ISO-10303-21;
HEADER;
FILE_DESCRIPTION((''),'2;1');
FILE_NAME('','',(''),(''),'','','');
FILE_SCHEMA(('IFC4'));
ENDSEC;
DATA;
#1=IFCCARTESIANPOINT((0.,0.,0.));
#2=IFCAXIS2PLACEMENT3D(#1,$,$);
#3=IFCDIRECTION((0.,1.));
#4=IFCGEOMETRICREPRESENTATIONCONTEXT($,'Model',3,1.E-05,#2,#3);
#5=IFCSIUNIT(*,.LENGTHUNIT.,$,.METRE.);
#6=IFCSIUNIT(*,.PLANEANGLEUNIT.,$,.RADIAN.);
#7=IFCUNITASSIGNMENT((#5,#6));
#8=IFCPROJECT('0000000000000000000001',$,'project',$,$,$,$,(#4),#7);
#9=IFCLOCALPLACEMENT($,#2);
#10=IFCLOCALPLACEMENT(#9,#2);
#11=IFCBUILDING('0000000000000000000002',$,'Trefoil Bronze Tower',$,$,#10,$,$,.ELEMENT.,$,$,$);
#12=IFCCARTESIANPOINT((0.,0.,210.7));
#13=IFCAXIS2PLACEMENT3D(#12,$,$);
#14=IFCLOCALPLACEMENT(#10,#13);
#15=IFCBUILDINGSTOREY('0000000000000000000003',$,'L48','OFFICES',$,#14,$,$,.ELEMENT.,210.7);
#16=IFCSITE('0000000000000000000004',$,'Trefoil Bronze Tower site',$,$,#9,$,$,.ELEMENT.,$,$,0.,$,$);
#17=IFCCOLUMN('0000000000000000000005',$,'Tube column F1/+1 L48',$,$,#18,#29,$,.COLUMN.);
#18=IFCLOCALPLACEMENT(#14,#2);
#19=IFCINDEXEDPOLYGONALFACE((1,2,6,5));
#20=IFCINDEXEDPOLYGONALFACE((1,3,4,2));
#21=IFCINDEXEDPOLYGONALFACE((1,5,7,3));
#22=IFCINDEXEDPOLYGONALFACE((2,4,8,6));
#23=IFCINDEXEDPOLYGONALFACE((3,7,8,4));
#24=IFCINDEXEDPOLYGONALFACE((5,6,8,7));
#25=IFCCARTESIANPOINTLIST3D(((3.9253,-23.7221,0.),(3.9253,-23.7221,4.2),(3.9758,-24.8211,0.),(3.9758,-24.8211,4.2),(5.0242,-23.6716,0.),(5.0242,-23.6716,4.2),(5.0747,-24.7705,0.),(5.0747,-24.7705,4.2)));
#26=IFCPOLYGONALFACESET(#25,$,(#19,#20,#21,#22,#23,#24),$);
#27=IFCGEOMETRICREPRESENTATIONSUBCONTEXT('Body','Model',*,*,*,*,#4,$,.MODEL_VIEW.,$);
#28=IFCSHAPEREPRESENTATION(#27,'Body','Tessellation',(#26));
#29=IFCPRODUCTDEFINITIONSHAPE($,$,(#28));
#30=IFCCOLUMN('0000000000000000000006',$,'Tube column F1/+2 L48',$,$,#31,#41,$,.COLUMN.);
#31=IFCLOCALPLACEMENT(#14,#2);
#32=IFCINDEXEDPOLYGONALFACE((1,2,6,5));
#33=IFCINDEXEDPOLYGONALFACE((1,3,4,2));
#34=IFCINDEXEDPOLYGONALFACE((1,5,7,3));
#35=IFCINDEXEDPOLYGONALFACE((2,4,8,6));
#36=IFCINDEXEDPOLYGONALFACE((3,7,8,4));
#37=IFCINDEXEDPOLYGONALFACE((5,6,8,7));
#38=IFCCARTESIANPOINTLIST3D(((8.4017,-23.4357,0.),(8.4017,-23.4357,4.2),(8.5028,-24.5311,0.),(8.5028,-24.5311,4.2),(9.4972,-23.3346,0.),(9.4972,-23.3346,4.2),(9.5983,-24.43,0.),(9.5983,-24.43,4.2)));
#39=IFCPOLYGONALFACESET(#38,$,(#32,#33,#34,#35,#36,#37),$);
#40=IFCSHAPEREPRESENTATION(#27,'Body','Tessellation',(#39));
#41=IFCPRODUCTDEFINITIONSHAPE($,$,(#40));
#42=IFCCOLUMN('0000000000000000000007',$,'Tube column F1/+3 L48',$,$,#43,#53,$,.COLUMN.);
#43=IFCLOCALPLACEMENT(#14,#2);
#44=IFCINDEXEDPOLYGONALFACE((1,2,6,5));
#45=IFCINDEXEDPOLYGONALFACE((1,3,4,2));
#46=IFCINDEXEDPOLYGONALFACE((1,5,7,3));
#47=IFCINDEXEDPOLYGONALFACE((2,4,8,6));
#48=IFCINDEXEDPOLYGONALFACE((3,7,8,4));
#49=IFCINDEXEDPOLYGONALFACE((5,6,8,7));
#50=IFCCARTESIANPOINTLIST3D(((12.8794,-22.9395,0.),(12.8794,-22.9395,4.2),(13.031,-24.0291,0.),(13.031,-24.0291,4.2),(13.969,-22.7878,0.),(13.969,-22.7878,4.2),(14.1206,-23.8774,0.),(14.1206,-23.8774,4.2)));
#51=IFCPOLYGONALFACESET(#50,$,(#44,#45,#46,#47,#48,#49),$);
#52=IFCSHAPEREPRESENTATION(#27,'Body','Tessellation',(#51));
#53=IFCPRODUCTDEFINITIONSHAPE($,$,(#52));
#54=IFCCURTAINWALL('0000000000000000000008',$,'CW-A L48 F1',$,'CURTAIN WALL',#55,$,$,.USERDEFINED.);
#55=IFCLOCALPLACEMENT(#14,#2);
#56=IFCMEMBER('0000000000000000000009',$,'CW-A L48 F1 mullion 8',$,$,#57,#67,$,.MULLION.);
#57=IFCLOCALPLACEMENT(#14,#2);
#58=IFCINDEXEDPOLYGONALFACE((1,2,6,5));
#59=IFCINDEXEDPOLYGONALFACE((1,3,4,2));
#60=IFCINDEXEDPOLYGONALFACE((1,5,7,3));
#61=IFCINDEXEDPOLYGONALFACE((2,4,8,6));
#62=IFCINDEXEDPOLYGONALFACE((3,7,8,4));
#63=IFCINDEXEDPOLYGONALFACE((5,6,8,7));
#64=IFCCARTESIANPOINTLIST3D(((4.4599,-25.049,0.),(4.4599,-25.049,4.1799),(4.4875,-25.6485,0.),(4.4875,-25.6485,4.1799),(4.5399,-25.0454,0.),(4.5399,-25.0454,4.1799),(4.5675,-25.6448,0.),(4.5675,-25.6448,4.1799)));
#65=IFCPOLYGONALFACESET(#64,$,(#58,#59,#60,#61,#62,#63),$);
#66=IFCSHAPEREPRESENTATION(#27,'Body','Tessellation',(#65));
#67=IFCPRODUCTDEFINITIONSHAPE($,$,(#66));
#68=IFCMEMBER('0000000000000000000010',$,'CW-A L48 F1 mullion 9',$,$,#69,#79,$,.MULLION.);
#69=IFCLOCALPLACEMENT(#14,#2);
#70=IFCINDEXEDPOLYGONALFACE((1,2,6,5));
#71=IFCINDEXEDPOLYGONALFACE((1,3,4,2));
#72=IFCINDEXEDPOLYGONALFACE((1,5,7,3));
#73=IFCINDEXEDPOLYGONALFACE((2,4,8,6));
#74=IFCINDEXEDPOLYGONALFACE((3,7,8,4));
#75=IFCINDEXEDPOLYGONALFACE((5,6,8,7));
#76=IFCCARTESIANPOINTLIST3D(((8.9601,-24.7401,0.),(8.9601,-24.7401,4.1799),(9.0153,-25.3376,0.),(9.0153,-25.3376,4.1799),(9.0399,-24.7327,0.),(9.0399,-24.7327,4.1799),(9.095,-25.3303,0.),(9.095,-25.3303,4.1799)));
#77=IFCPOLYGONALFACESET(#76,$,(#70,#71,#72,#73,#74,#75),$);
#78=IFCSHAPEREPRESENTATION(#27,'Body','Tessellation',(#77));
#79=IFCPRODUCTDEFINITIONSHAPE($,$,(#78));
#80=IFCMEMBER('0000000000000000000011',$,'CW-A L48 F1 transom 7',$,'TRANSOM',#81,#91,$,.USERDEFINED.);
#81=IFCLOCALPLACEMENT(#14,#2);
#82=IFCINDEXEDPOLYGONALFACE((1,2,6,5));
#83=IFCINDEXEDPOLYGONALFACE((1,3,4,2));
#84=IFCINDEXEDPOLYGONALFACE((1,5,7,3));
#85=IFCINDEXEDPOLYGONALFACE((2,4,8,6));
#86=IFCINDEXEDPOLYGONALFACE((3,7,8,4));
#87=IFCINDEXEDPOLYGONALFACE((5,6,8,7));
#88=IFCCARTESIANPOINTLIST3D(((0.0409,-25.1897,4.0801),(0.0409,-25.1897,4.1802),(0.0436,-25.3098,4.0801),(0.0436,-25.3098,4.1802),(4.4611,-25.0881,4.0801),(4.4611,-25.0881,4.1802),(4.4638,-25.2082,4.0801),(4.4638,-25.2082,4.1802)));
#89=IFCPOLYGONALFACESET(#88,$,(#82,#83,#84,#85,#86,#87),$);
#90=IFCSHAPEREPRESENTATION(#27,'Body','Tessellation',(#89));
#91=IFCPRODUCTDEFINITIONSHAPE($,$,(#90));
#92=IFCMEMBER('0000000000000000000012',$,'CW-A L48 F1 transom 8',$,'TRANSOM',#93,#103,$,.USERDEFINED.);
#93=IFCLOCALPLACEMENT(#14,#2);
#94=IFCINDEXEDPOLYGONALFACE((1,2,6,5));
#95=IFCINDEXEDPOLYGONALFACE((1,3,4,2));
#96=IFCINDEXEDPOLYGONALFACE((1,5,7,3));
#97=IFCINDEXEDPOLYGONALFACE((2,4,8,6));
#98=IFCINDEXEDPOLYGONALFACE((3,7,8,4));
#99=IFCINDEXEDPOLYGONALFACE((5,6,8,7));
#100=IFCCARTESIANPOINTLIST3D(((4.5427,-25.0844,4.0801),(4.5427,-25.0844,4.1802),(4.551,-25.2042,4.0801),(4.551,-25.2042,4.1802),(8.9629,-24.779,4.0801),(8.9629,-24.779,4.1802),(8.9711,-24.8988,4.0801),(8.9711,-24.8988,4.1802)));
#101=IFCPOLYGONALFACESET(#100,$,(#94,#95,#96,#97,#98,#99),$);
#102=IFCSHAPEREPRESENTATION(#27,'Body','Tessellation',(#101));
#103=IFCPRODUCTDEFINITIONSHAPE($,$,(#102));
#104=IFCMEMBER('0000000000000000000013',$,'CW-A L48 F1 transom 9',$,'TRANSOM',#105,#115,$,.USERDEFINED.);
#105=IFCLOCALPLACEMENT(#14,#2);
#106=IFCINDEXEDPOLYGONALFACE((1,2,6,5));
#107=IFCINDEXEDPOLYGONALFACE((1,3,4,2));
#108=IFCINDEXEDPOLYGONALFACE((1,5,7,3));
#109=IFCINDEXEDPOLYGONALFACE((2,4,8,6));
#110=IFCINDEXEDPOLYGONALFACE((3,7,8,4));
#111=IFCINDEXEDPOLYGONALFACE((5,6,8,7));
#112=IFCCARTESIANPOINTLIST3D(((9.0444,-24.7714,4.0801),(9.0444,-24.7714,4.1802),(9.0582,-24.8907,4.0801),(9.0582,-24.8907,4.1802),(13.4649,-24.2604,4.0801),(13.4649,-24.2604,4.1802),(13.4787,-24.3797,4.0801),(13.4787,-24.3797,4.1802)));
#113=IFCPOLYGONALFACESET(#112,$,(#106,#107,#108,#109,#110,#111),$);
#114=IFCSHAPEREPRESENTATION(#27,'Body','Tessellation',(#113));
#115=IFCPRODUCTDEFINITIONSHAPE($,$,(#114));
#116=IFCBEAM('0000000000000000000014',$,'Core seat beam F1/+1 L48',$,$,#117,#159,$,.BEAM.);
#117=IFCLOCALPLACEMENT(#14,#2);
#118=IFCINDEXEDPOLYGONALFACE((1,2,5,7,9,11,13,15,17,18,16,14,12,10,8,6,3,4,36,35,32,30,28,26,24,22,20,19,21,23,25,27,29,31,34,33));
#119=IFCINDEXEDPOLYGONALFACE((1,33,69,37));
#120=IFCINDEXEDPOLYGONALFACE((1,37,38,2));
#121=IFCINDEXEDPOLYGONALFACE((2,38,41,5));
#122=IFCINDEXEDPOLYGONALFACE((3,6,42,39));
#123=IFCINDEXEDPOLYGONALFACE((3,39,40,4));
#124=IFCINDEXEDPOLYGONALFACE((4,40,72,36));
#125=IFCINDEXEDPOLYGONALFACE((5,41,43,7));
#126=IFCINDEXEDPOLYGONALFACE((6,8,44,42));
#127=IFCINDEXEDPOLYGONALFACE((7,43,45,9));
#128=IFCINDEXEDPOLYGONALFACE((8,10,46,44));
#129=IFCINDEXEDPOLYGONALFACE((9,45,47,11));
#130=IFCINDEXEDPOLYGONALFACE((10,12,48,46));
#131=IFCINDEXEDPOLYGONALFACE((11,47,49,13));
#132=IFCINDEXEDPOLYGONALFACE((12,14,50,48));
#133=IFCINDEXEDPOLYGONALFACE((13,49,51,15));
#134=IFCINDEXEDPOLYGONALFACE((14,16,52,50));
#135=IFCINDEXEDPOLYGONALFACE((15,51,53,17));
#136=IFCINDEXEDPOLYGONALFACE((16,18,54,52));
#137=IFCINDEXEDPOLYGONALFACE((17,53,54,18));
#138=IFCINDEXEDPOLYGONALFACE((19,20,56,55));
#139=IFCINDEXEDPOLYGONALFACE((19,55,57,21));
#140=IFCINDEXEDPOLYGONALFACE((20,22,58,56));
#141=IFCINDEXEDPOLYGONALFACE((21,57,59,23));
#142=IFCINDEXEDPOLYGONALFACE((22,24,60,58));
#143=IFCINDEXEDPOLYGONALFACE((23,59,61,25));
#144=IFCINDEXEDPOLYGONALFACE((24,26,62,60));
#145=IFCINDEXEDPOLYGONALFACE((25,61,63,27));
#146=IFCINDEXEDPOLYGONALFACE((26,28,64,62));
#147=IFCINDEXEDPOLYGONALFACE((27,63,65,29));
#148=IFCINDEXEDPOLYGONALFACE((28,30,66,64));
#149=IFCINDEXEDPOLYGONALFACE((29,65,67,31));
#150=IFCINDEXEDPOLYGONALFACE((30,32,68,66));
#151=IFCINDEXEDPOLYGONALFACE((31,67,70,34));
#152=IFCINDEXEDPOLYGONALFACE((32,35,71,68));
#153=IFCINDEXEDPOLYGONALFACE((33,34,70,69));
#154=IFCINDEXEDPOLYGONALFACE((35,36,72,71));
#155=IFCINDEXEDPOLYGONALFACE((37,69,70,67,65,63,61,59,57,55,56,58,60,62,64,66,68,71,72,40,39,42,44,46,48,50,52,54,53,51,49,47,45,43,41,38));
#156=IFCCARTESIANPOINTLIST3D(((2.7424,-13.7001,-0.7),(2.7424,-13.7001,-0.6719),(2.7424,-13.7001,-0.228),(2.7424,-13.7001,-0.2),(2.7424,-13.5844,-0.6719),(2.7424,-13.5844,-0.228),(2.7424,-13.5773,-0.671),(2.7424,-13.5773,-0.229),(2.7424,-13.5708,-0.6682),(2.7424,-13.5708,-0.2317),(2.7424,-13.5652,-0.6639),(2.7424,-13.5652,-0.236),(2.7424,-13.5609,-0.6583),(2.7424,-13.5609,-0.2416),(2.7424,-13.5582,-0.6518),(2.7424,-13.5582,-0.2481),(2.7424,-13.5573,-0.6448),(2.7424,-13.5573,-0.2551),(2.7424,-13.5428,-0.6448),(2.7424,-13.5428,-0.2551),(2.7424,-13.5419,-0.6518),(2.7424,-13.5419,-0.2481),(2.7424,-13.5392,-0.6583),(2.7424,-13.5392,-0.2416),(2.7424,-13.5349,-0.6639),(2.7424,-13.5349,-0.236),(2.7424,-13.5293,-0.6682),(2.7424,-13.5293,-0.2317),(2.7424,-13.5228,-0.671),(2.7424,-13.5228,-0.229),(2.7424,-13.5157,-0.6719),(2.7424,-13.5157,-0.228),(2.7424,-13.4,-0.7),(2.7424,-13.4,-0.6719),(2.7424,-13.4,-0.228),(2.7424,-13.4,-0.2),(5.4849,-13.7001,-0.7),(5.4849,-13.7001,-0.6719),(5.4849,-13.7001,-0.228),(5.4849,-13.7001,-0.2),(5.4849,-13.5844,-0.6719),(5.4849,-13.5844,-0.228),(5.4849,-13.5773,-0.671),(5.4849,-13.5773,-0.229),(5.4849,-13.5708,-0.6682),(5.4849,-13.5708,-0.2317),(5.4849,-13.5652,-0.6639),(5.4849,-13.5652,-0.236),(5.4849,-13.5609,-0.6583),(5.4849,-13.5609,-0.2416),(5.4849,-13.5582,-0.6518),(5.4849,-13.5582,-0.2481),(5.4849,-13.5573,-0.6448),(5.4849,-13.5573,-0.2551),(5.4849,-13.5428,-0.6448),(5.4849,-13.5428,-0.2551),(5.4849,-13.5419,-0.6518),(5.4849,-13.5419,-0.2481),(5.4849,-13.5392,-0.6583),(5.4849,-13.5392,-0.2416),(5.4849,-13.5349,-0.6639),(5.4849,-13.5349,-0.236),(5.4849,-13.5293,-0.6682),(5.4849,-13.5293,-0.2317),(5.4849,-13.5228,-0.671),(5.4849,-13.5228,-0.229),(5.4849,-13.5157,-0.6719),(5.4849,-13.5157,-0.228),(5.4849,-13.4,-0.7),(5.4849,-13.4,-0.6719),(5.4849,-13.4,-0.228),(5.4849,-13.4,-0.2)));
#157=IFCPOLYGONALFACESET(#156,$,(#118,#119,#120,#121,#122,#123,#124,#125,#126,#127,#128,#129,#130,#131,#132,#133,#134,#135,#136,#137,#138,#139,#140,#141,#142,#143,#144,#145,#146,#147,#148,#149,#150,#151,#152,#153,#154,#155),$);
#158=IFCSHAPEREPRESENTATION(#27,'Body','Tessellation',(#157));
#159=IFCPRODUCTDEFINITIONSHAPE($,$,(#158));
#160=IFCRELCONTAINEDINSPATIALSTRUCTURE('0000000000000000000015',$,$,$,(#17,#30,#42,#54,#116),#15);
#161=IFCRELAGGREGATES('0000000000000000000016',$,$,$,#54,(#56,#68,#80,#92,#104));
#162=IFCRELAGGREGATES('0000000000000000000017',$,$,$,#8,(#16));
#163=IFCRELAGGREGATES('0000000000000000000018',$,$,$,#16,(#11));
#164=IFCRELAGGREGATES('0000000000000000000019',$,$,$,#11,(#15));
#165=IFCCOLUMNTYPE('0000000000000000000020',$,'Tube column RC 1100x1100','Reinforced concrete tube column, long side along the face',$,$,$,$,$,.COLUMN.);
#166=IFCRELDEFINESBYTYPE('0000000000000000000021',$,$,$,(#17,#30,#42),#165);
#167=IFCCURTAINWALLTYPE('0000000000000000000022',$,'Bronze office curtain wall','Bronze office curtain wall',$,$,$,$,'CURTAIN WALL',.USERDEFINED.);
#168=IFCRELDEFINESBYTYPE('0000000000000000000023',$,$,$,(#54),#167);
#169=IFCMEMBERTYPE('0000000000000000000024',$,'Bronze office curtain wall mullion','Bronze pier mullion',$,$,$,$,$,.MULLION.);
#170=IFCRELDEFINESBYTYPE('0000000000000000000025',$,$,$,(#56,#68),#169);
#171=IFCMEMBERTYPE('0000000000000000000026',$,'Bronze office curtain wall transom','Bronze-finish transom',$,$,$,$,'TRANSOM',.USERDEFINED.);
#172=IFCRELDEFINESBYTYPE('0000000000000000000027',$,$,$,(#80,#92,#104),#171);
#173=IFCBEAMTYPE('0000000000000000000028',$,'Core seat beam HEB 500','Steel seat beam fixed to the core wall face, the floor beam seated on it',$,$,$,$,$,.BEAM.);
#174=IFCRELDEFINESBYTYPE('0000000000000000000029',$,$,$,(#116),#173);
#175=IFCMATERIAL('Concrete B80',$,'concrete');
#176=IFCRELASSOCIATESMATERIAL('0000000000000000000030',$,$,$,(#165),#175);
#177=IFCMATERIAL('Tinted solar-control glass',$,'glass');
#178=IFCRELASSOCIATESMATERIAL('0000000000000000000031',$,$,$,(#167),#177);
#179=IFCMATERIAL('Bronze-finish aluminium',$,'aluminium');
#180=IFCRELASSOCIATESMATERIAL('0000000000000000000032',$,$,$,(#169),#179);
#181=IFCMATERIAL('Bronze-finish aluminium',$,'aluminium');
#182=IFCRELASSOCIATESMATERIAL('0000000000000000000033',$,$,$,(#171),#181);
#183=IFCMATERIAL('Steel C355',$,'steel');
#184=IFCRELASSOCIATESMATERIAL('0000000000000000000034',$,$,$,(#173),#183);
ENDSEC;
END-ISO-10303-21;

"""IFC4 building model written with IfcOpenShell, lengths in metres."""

from ifc_helpers import new_model, si_unit, direction, frame, origin, origin_2d, place, context, subcontext, project, spatial, rectangle, i_section, extrude, material, material_profile, profile_set, type_object, element, aggregate, save


model = new_model("IFC4")

# Units and contexts
model_context = context("Model", 3, precision=1e-05, world=origin(), true_north=direction((0.0, 1.0)))
body_context = subcontext(model_context, "Body", "Model", "MODEL_VIEW")
ifc_project = project(units=[si_unit("LENGTHUNIT", "METRE"), si_unit("PLANEANGLEUNIT", "RADIAN")], contexts=[model_context])

# Site, building, storey
site_placement = place(None, origin())
site = spatial("IfcSite", under=ifc_project, at=site_placement, Name="Trefoil Bronze Tower site", CompositionType="ELEMENT", RefElevation=0.0)
building_placement = place(site_placement, origin())
building = spatial("IfcBuilding", under=site, at=building_placement, Name="Trefoil Bronze Tower", CompositionType="ELEMENT")
storey_placement = place(building_placement, frame((0.0, 0.0, 210.7)))
storey = spatial("IfcBuildingStorey", under=building, at=storey_placement, Name="L48", Description="OFFICES", CompositionType="ELEMENT", Elevation=210.7)

# Columns
ifc_material_1 = material(Name="Concrete B80", Category="concrete")
ifc_material_profile_1 = material_profile(ifc_material_1, rectangle(XDim=1.1001, YDim=1.1001, at=origin_2d()), Name="RC 1100x1100")
ifc_profile_set_1 = profile_set([ifc_material_profile_1], Name="Concrete B80")
column_type = type_object("IfcColumnType", Name="Tube column RC 1100x1100", Description="Reinforced concrete tube column, long side along the face", PredefinedType="COLUMN", material=ifc_profile_set_1)
for number, where, z_axis, x_axis, name in (
    (1, (4.5, -24.2463, 0.0), (0.0, 0.0, 1.0), (0.998943, 0.045956, 0.0), "Tube column F1/+1 L48"),
    (2, (9.0, -23.9329, 0.0), (0.0, 0.0, 1.0), (0.995767, 0.091911, 0.0), "Tube column F1/+2 L48"),
    (3, (13.5, -23.4084, 0.0), (0.0, 0.0, 1.0), (0.990451, 0.137868, 0.0), "Tube column F1/+3 L48"),
):
    element("IfcColumn", number, at=place(storey_placement, frame(where, z_axis=z_axis, x_axis=x_axis)), inside=storey, type_object=column_type, Name=name, PredefinedType="COLUMN", context=body_context, shape_type="SweptSolid", body=[
        extrude(rectangle(XDim=1.1001, YDim=1.1001, at=origin_2d()), origin(), (0.0, 0.0, 1.0), 4.2),
    ])

# Curtain wall, members
ifc_material_2 = material(Name="Tinted solar-control glass", Category="glass")
curtain_wall_type = type_object("IfcCurtainWallType", Name="Bronze office curtain wall", Description="Bronze office curtain wall", ElementType="CURTAIN WALL", PredefinedType="USERDEFINED", material=ifc_material_2)
curtain_wall_placement = place(storey_placement, origin())
curtain_wall = element("IfcCurtainWall", 4, at=curtain_wall_placement, inside=storey, type_object=curtain_wall_type, Name="CW-A L48 F1", ObjectType="CURTAIN WALL", PredefinedType="USERDEFINED")
ifc_material_3 = material(Name="Bronze-finish aluminium", Category="aluminium")
ifc_material_profile_2 = material_profile(ifc_material_3, rectangle(XDim=0.6001, YDim=0.0801, at=origin_2d()), Name="CW-A mullion")
ifc_profile_set_2 = profile_set([ifc_material_profile_2], Name="Bronze-finish aluminium")
member_type_1 = type_object("IfcMemberType", Name="Bronze office curtain wall mullion", Description="Bronze pier mullion", PredefinedType="MULLION", material=ifc_profile_set_2)
member_1_placement = place(storey_placement, frame((4.5137, -25.3469, 0.0), z_axis=(0.0, 0.0, 1.0), x_axis=(-0.045956, 0.998943, 0.0)))
member_1 = element("IfcMember", 5, at=member_1_placement, type_object=member_type_1, Name="CW-A L48 F1 mullion 8", PredefinedType="MULLION", context=body_context, shape_type="SweptSolid", body=[
    extrude(rectangle(XDim=0.6001, YDim=0.0801, at=origin_2d()), origin(), (0.0, 0.0, 1.0), 4.1799),
])
member_2_placement = place(storey_placement, frame((9.0276, -25.0352, 0.0), z_axis=(0.0, 0.0, 1.0), x_axis=(-0.091911, 0.995767, 0.0)))
member_2 = element("IfcMember", 6, at=member_2_placement, type_object=member_type_1, Name="CW-A L48 F1 mullion 9", PredefinedType="MULLION", context=body_context, shape_type="SweptSolid", body=[
    extrude(rectangle(XDim=0.6001, YDim=0.0801, at=origin_2d()), origin(), (0.0, 0.0, 1.0), 4.1799),
])
ifc_material_4 = material(Name="Bronze-finish aluminium", Category="aluminium")
ifc_material_profile_3 = material_profile(ifc_material_4, rectangle(XDim=0.1201, YDim=0.1001, at=origin_2d()), Name="CW-A transom")
ifc_profile_set_3 = profile_set([ifc_material_profile_3], Name="Bronze-finish aluminium")
member_type_2 = type_object("IfcMemberType", Name="Bronze office curtain wall transom", Description="Bronze-finish transom", ElementType="TRANSOM", PredefinedType="USERDEFINED", material=ifc_profile_set_3)
member_3_placement = place(storey_placement, frame((0.0422, -25.2498, 4.1301), z_axis=(0.999736, 0.022971, 0.0), x_axis=(-0.022971, 0.999736, 0.0)))
member_3 = element("IfcMember", 7, at=member_3_placement, type_object=member_type_2, Name="CW-A L48 F1 transom 7", ObjectType="TRANSOM", PredefinedType="USERDEFINED", context=body_context, shape_type="SweptSolid", body=[
    extrude(rectangle(XDim=0.1201, YDim=0.1001, at=origin_2d()), origin(), (0.0, 0.0, 1.0), 4.4214),
])
member_4_placement = place(storey_placement, frame((4.5469, -25.1443, 4.1301), z_axis=(0.997621, 0.068933, 0.0), x_axis=(-0.068933, 0.997621, 0.0)))
member_4 = element("IfcMember", 8, at=member_4_placement, type_object=member_type_2, Name="CW-A L48 F1 transom 8", ObjectType="TRANSOM", PredefinedType="USERDEFINED", context=body_context, shape_type="SweptSolid", body=[
    extrude(rectangle(XDim=0.1201, YDim=0.1001, at=origin_2d()), origin(), (0.0, 0.0, 1.0), 4.4307),
])
member_5_placement = place(storey_placement, frame((9.0513, -24.8311, 4.1301), z_axis=(0.993385, 0.114832, 0.0), x_axis=(-0.114832, 0.993385, 0.0)))
member_5 = element("IfcMember", 9, at=member_5_placement, type_object=member_type_2, Name="CW-A L48 F1 transom 9", ObjectType="TRANSOM", PredefinedType="USERDEFINED", context=body_context, shape_type="SweptSolid", body=[
    extrude(rectangle(XDim=0.1201, YDim=0.1001, at=origin_2d()), origin(), (0.0, 0.0, 1.0), 4.45),
])

# Beam
ifc_material_5 = material(Name="Steel C355", Category="steel")
ifc_material_profile_4 = material_profile(ifc_material_5, i_section(OverallWidth=0.3, OverallDepth=0.5, WebThickness=0.0144, FlangeThickness=0.0281, FilletRadius=0.0271, at=origin_2d()), Name="HEB 500")
ifc_profile_set_4 = profile_set([ifc_material_profile_4], Name="Steel C355")
beam_type_1 = type_object("IfcBeamType", Name="Core seat beam HEB 500", Description="Steel seat beam fixed to the core wall face, the floor beam seated on it", PredefinedType="BEAM", material=ifc_profile_set_4)
for number, where, z_axis, x_axis, name in (
    (10, (2.7424, -13.55, -0.45), (1.0, 0.0, 0.0), (0.0, 1.0, 0.0), "Core seat beam F1/+1 L48"),
):
    element("IfcBeam", number, at=place(storey_placement, frame(where, z_axis=z_axis, x_axis=x_axis)), inside=storey, type_object=beam_type_1, Name=name, PredefinedType="BEAM", context=body_context, shape_type="SweptSolid", body=[
        extrude(i_section(OverallWidth=0.3, OverallDepth=0.5, WebThickness=0.0144, FlangeThickness=0.0281, FilletRadius=0.0271, at=origin_2d()), origin(), (0.0, 0.0, 1.0), 2.7424),
    ])

aggregate(curtain_wall, [member_1, member_2, member_3, member_4, member_5])

save(model, "model.ifc")
